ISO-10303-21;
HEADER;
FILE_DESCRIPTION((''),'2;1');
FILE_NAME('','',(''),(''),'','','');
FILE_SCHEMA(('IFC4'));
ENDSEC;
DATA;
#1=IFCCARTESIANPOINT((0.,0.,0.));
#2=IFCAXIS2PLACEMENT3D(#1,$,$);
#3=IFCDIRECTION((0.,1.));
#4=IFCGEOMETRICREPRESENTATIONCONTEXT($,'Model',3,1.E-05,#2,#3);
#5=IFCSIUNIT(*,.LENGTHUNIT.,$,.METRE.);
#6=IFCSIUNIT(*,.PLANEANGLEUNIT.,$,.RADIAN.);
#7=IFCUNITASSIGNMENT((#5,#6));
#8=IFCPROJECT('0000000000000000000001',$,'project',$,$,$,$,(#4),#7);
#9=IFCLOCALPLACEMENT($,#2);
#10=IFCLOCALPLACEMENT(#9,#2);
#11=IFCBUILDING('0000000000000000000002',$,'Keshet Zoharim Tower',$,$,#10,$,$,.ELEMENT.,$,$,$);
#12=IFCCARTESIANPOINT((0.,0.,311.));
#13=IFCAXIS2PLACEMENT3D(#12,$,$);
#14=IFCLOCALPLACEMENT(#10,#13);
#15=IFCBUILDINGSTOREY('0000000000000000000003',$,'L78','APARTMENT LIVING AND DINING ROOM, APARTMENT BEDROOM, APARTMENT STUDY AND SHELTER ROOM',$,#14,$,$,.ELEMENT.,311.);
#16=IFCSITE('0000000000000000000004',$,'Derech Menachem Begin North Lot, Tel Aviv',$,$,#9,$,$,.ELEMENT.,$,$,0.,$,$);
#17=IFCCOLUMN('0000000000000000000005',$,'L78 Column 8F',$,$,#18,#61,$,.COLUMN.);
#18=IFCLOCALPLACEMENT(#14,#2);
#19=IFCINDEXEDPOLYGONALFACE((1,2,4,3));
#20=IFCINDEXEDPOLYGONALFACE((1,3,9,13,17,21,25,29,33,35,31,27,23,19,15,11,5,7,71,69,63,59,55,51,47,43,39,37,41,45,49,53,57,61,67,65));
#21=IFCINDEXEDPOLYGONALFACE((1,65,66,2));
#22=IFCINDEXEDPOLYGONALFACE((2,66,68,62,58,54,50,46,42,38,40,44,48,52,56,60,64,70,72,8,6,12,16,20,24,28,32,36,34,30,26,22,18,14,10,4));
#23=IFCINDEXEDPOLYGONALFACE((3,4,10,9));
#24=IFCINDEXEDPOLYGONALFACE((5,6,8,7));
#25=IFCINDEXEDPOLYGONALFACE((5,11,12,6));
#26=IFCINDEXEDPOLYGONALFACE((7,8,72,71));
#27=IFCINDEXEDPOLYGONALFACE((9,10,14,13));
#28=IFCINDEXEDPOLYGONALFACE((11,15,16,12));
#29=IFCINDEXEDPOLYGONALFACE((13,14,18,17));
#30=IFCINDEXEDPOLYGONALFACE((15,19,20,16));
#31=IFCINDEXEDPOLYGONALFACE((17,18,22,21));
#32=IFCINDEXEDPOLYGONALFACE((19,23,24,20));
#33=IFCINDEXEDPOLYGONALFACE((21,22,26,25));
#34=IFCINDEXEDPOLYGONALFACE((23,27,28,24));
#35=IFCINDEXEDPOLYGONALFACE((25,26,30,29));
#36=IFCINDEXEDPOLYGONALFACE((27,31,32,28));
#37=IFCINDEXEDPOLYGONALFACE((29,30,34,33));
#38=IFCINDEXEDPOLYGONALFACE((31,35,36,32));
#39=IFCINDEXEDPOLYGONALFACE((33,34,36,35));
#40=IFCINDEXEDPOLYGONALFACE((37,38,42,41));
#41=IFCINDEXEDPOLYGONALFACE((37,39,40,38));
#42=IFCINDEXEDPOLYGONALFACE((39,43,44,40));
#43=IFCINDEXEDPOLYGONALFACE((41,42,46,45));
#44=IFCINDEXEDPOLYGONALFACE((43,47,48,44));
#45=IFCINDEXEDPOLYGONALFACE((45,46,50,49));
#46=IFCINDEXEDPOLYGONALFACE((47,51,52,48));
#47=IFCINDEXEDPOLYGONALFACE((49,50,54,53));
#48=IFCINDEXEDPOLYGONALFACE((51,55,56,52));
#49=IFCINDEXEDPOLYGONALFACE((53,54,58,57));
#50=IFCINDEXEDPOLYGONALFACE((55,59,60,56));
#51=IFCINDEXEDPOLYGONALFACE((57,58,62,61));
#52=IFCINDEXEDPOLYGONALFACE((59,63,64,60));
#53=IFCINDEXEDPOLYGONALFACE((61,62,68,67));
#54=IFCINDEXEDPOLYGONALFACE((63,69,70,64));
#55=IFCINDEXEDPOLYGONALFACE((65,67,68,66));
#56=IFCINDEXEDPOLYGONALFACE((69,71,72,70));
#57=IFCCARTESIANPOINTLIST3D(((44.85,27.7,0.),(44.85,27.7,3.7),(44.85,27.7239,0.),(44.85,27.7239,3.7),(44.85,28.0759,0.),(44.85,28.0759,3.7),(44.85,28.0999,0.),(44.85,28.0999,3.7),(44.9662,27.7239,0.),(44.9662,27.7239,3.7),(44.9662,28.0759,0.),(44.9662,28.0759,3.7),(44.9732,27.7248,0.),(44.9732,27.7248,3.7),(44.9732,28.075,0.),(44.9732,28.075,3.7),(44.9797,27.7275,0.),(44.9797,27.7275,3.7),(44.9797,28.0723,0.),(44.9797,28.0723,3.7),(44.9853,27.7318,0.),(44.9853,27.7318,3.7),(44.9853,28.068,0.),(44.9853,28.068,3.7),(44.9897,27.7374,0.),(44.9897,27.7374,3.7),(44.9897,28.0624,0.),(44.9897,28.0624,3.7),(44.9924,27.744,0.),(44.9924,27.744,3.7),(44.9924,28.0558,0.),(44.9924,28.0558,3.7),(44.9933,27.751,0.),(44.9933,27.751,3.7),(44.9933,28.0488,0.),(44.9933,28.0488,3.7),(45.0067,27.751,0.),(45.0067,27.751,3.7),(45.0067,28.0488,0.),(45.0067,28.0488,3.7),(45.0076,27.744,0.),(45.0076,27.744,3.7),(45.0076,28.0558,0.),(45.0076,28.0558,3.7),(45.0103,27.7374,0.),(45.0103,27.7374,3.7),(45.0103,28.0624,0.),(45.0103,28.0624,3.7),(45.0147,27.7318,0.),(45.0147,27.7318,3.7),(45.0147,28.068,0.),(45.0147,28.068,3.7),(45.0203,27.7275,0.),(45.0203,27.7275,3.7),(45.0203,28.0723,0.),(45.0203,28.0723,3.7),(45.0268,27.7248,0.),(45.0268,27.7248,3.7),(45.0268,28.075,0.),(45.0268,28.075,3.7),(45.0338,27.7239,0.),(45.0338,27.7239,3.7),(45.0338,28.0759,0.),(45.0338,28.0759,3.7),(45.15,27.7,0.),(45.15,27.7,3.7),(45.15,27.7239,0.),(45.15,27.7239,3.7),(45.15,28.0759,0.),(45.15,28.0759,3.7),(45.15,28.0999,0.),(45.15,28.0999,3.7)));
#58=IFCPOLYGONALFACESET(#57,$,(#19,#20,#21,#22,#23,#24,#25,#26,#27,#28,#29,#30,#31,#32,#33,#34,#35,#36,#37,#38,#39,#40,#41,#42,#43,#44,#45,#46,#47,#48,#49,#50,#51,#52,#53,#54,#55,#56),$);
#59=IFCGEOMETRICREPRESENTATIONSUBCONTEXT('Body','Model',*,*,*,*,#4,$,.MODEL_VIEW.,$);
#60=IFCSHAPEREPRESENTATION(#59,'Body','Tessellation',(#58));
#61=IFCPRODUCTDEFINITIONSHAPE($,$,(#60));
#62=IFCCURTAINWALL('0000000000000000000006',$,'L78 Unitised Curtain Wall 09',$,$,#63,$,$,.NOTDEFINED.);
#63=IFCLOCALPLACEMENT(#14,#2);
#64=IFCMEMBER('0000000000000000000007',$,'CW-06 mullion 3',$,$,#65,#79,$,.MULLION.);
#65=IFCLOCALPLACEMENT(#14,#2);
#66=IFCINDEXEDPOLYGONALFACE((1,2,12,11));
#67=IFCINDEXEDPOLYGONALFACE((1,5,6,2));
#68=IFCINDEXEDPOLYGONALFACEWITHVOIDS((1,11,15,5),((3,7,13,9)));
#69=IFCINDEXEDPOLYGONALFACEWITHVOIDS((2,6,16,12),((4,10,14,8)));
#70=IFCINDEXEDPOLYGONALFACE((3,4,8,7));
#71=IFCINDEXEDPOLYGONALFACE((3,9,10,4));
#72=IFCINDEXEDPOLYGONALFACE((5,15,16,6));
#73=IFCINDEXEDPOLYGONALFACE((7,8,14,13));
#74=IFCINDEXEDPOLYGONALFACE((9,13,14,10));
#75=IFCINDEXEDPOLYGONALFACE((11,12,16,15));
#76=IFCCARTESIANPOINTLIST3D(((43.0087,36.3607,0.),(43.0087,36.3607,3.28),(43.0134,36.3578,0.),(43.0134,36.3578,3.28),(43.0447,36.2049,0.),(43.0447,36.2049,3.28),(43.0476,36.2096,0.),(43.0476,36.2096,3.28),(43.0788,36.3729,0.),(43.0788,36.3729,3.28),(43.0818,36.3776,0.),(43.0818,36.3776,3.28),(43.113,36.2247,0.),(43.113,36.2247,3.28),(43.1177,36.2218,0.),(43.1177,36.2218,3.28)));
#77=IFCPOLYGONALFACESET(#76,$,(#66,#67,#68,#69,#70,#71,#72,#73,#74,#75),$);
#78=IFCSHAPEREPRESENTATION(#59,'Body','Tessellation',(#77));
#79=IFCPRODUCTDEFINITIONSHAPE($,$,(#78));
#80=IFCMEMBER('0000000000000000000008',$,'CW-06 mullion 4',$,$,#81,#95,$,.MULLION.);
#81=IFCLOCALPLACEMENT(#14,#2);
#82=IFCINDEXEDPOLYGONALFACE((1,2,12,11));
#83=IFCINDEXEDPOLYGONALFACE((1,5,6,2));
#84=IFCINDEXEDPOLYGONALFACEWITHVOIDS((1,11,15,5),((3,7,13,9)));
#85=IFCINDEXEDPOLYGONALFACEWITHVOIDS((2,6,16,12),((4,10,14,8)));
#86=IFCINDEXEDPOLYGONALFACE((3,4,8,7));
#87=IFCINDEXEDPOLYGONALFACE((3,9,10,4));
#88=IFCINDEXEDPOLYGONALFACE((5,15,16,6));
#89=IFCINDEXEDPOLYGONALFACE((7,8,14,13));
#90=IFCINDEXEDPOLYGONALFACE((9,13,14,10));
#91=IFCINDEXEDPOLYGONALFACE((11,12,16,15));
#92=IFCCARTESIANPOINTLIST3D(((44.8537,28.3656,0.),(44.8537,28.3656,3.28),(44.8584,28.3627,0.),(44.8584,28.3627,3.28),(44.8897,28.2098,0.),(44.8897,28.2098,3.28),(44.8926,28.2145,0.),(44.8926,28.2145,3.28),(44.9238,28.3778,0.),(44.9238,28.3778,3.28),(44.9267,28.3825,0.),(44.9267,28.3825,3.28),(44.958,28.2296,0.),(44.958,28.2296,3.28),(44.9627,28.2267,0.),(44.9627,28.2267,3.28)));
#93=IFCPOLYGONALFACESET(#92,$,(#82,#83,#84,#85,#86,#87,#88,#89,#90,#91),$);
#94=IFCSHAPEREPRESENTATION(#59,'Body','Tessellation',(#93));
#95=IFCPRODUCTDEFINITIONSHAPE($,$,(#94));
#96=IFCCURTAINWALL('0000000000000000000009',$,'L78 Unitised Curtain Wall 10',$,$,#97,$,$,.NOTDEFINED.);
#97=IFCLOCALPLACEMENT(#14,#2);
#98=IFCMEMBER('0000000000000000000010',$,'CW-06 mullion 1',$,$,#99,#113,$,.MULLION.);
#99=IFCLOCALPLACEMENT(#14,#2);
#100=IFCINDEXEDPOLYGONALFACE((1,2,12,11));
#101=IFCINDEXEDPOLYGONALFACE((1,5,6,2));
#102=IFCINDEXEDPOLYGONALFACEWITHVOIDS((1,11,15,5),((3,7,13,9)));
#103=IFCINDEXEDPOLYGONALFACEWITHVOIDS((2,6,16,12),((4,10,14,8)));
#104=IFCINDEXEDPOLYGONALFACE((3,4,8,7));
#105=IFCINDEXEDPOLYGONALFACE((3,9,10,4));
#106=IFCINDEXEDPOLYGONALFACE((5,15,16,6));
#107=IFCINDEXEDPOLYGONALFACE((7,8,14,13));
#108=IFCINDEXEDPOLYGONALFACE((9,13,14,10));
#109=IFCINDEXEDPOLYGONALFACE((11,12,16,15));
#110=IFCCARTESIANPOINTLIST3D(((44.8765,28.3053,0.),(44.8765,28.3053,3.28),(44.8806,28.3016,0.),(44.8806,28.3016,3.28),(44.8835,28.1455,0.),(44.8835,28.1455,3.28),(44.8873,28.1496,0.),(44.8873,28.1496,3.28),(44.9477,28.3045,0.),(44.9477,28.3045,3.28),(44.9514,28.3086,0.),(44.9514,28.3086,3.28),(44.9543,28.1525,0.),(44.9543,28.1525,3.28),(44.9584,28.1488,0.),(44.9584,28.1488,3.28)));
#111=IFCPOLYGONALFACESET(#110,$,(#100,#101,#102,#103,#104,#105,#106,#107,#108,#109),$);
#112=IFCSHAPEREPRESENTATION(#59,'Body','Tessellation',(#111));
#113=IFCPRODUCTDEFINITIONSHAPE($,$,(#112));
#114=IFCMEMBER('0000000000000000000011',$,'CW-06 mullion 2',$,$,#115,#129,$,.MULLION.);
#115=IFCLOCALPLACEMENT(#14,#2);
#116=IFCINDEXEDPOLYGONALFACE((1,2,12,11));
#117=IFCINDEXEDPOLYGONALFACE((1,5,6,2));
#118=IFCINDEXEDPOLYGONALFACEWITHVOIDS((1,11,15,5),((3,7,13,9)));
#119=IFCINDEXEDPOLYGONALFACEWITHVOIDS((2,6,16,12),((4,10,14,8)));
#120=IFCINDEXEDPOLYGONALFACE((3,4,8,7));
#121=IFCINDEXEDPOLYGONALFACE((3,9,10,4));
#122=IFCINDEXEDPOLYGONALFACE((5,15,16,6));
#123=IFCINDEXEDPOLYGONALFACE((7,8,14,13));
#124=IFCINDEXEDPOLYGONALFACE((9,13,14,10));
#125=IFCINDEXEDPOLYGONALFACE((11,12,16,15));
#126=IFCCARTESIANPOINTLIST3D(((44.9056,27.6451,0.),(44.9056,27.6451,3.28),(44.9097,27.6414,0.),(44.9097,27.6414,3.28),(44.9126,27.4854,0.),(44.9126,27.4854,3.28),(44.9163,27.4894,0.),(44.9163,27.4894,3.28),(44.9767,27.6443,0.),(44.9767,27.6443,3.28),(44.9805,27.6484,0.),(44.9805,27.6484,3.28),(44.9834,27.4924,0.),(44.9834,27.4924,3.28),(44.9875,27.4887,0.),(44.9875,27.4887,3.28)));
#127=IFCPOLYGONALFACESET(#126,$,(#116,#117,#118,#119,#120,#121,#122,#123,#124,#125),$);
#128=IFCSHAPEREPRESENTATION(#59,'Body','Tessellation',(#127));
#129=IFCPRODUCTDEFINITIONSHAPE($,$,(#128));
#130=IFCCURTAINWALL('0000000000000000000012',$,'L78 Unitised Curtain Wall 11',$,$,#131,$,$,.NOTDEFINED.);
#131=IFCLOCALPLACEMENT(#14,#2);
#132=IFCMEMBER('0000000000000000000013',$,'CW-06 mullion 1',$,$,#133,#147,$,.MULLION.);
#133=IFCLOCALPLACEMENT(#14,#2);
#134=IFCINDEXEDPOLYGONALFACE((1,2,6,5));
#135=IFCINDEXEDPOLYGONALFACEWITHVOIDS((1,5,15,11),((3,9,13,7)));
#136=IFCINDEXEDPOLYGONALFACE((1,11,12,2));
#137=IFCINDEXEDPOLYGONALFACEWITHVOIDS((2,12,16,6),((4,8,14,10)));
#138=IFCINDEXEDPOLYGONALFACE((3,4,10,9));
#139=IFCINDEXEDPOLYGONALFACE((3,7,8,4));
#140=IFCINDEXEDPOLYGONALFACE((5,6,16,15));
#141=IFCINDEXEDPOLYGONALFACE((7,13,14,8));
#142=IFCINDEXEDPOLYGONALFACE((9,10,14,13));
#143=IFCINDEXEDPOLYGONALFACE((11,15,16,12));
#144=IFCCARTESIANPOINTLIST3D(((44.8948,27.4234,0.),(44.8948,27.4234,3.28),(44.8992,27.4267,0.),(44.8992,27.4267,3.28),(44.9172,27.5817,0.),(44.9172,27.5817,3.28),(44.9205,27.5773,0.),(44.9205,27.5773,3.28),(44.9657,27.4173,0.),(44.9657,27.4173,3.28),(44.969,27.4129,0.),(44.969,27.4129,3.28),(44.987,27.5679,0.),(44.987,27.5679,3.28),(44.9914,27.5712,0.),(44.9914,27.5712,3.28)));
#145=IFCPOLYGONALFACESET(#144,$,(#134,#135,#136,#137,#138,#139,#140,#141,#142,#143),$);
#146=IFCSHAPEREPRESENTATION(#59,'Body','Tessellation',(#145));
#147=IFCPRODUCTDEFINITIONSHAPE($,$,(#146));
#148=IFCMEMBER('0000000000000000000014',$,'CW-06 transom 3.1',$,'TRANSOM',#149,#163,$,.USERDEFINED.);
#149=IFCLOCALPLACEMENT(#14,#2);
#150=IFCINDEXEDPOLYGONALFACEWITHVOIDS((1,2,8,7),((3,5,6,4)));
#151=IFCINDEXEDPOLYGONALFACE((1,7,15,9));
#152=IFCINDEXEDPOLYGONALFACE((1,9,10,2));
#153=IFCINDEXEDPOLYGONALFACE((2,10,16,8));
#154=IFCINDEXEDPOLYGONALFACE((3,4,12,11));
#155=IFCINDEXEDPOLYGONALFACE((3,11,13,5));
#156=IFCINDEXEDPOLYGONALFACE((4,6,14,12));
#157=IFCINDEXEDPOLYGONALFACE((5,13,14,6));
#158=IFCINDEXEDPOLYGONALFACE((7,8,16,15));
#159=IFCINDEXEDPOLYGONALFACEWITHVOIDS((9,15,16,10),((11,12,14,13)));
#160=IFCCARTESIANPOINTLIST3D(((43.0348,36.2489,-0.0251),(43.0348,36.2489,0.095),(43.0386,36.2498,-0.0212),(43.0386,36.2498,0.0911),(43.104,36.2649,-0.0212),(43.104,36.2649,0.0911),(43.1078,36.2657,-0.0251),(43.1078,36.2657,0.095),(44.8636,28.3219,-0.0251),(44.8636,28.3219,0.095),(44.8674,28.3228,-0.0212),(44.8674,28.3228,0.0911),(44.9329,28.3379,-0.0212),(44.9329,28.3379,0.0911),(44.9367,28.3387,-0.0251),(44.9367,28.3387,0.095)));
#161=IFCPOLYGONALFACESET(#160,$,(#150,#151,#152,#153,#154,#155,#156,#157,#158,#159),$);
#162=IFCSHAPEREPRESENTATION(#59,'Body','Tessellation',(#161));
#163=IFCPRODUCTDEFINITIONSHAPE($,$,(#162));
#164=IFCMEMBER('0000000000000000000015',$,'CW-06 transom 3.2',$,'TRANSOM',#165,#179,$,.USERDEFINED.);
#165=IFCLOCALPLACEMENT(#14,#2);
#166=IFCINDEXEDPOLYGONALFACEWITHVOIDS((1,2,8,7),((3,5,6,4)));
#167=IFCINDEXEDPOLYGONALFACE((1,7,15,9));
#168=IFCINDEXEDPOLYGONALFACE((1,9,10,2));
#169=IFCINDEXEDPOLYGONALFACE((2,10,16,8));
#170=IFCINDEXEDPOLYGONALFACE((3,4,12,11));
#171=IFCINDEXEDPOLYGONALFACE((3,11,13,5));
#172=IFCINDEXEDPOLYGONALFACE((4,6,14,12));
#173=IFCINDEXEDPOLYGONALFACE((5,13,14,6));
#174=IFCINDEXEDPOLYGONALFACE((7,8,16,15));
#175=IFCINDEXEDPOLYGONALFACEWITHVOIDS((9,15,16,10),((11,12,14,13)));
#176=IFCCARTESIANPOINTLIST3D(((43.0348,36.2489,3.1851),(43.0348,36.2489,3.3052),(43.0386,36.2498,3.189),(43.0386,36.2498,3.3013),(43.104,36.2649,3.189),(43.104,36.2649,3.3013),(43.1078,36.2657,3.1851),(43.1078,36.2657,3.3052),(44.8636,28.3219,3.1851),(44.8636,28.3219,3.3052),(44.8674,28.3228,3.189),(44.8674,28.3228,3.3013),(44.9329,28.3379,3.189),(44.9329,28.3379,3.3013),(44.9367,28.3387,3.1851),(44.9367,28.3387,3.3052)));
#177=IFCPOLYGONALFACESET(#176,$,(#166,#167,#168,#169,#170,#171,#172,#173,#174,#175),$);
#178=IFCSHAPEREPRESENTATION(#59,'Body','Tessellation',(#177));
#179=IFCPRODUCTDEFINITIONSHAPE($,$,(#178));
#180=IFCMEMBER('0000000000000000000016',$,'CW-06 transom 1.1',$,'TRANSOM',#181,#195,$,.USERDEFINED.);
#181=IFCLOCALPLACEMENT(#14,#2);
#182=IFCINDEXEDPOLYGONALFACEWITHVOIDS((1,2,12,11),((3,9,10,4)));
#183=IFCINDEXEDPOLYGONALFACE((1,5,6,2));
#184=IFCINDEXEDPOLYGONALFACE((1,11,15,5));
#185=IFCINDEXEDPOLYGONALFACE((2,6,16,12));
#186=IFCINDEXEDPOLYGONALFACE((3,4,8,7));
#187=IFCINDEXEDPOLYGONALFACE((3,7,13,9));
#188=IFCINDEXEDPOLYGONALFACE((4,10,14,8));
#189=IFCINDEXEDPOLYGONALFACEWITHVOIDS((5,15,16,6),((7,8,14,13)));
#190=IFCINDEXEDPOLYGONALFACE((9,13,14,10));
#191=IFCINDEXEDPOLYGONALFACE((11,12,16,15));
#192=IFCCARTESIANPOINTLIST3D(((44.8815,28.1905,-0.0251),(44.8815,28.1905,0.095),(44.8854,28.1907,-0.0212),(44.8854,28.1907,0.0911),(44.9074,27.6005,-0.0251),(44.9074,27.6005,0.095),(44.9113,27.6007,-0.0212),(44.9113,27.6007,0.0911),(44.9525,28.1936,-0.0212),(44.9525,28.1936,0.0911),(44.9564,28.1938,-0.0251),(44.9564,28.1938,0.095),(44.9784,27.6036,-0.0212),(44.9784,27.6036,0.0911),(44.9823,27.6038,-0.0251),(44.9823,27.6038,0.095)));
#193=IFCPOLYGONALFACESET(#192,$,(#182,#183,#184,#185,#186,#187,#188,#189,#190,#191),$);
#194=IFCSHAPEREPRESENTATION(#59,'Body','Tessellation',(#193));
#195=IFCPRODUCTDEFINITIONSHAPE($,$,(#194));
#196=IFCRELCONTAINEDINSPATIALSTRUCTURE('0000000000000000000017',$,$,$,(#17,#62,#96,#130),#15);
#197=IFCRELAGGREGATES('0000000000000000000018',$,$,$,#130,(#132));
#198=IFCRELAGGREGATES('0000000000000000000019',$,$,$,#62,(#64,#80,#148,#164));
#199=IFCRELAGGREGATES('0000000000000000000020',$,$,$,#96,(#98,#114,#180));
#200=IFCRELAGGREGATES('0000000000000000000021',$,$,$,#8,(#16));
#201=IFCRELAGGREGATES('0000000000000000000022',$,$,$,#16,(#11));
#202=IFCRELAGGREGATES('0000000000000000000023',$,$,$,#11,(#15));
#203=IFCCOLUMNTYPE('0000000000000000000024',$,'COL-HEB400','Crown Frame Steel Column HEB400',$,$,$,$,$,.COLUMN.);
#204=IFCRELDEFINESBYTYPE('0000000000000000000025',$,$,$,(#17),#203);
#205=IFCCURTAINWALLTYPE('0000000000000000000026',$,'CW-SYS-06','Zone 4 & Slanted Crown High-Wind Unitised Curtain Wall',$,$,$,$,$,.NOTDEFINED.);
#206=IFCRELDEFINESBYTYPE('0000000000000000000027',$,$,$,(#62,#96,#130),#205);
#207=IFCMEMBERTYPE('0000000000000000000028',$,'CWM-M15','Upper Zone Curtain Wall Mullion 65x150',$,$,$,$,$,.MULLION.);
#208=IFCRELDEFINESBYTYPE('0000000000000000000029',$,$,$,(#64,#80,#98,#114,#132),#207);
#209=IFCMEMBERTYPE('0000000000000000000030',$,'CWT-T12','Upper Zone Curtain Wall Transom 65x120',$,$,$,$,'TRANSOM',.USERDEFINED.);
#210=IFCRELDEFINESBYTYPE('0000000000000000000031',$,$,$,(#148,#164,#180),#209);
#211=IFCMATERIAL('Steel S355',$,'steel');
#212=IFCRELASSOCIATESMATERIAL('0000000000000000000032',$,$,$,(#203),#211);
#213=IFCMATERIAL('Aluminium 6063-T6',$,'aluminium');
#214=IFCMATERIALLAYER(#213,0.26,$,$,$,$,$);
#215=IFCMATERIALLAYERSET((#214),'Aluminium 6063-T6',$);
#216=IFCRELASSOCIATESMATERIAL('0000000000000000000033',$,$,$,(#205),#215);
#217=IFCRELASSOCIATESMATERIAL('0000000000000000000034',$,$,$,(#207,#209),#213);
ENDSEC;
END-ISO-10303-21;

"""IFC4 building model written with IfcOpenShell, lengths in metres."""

from ifc_helpers import new_model, si_unit, direction, frame, origin, origin_2d, place, context, subcontext, project, spatial, hollow_rectangle, i_section, extrude, material, layer, layer_set, material_profile, profile_set, type_object, element, aggregate, save


model = new_model("IFC4")

# Units and contexts
model_context = context("Model", 3, precision=1e-05, world=origin(), true_north=direction((0.0, 1.0)))
body_context = subcontext(model_context, "Body", "Model", "MODEL_VIEW")
ifc_project = project(units=[si_unit("LENGTHUNIT", "METRE"), si_unit("PLANEANGLEUNIT", "RADIAN")], contexts=[model_context])

# Site, building, storey
site_placement = place(None, origin())
site = spatial("IfcSite", under=ifc_project, at=site_placement, Name="Derech Menachem Begin North Lot, Tel Aviv", CompositionType="ELEMENT", RefElevation=0.0)
building_placement = place(site_placement, origin())
building = spatial("IfcBuilding", under=site, at=building_placement, Name="Keshet Zoharim Tower", CompositionType="ELEMENT")
storey_placement = place(building_placement, frame((0.0, 0.0, 311.0)))
storey = spatial("IfcBuildingStorey", under=building, at=storey_placement, Name="L78", Description="APARTMENT LIVING AND DINING ROOM, APARTMENT BEDROOM, APARTMENT STUDY AND SHELTER ROOM", CompositionType="ELEMENT", Elevation=311.0)

# Column
ifc_material_1 = material(Name="Steel S355", Category="steel")
ifc_material_profile_1 = material_profile(ifc_material_1, i_section(OverallWidth=0.3, OverallDepth=0.3999, WebThickness=0.0134, FlangeThickness=0.0239, FilletRadius=0.0271, at=origin_2d()), Name="HEB400")
ifc_profile_set_1 = profile_set([ifc_material_profile_1], Name="Steel S355")
column_type = type_object("IfcColumnType", Name="COL-HEB400", Description="Crown Frame Steel Column HEB400", PredefinedType="COLUMN", material=ifc_profile_set_1)
column_placement = place(storey_placement, frame((45.0, 27.8999, 0.0), z_axis=(0.0, 0.0, 1.0), x_axis=(1.0, 0.0, 0.0)))
element("IfcColumn", 1, at=column_placement, inside=storey, type_object=column_type, Name="L78 Column 8F", PredefinedType="COLUMN", context=body_context, shape_type="SweptSolid", body=[
    extrude(i_section(OverallWidth=0.3, OverallDepth=0.3999, WebThickness=0.0134, FlangeThickness=0.0239, FilletRadius=0.0271, at=origin_2d()), origin(), (0.0, 0.0, 1.0), 3.7),
])

# Curtain walls, members
ifc_material_2 = material(Name="Aluminium 6063-T6", Category="aluminium")
ifc_layer_1 = layer(ifc_material_2, 0.26)
ifc_layer_set_1 = layer_set([ifc_layer_1], Name="Aluminium 6063-T6")
curtain_wall_type = type_object("IfcCurtainWallType", Name="CW-SYS-06", Description="Zone 4 & Slanted Crown High-Wind Unitised Curtain Wall", PredefinedType="NOTDEFINED", material=ifc_layer_set_1)
curtain_wall_1_placement = place(storey_placement, origin())
curtain_wall_1 = element("IfcCurtainWall", 2, at=curtain_wall_1_placement, inside=storey, type_object=curtain_wall_type, Name="L78 Unitised Curtain Wall 09", PredefinedType="NOTDEFINED")
ifc_material_profile_2 = material_profile(ifc_material_2, hollow_rectangle(XDim=0.075, YDim=0.1599, WallThickness=0.0039, at=origin_2d()), Name="MUL-75x160")
ifc_profile_set_2 = profile_set([ifc_material_profile_2], Name="Aluminium 6063-T6")
member_type_1 = type_object("IfcMemberType", Name="CWM-M15", Description="Upper Zone Curtain Wall Mullion 65x150", PredefinedType="MULLION", material=ifc_profile_set_2)
member_1_placement = place(storey_placement, frame((43.0632, 36.2913, 0.0), z_axis=(0.0, 0.0, 1.0), x_axis=(0.974398, 0.22483, 0.0)))
member_1 = element("IfcMember", 3, at=member_1_placement, type_object=member_type_1, Name="CW-06 mullion 3", PredefinedType="MULLION", context=body_context, shape_type="SweptSolid", body=[
    extrude(hollow_rectangle(XDim=0.075, YDim=0.1599, WallThickness=0.0039, at=origin_2d()), origin(), (0.0, 0.0, 1.0), 3.28),
])
member_2_placement = place(storey_placement, frame((44.9082, 28.2961, 0.0), z_axis=(0.0, 0.0, 1.0), x_axis=(0.974398, 0.22483, 0.0)))
member_2 = element("IfcMember", 4, at=member_2_placement, type_object=member_type_1, Name="CW-06 mullion 4", PredefinedType="MULLION", context=body_context, shape_type="SweptSolid", body=[
    extrude(hollow_rectangle(XDim=0.075, YDim=0.1599, WallThickness=0.0039, at=origin_2d()), origin(), (0.0, 0.0, 1.0), 3.28),
])
curtain_wall_2_placement = place(storey_placement, origin())
curtain_wall_2 = element("IfcCurtainWall", 5, at=curtain_wall_2_placement, inside=storey, type_object=curtain_wall_type, Name="L78 Unitised Curtain Wall 10", PredefinedType="NOTDEFINED")
member_3_placement = place(storey_placement, frame((44.9175, 28.2271, 0.0), z_axis=(0.0, 0.0, 1.0), x_axis=(0.999041, 0.043794, 0.0)))
member_3 = element("IfcMember", 6, at=member_3_placement, type_object=member_type_1, Name="CW-06 mullion 1", PredefinedType="MULLION", context=body_context, shape_type="SweptSolid", body=[
    extrude(hollow_rectangle(XDim=0.075, YDim=0.1599, WallThickness=0.0039, at=origin_2d()), origin(), (0.0, 0.0, 1.0), 3.28),
])
member_4_placement = place(storey_placement, frame((44.9465, 27.5669, 0.0), z_axis=(0.0, 0.0, 1.0), x_axis=(0.999041, 0.043794, 0.0)))
member_4 = element("IfcMember", 7, at=member_4_placement, type_object=member_type_1, Name="CW-06 mullion 2", PredefinedType="MULLION", context=body_context, shape_type="SweptSolid", body=[
    extrude(hollow_rectangle(XDim=0.075, YDim=0.1599, WallThickness=0.0039, at=origin_2d()), origin(), (0.0, 0.0, 1.0), 3.28),
])

# Curtain wall, member
curtain_wall_3_placement = place(storey_placement, origin())
curtain_wall_3 = element("IfcCurtainWall", 8, at=curtain_wall_3_placement, inside=storey, type_object=curtain_wall_type, Name="L78 Unitised Curtain Wall 11", PredefinedType="NOTDEFINED")
member_5_placement = place(storey_placement, frame((44.9431, 27.4973, 0.0), z_axis=(0.0, 0.0, 1.0), x_axis=(0.990132, -0.140137, 0.0)))
member_5 = element("IfcMember", 9, at=member_5_placement, type_object=member_type_1, Name="CW-06 mullion 1", PredefinedType="MULLION", context=body_context, shape_type="SweptSolid", body=[
    extrude(hollow_rectangle(XDim=0.075, YDim=0.1599, WallThickness=0.0039, at=origin_2d()), origin(), (0.0, 0.0, 1.0), 3.28),
])

# Members
ifc_material_profile_3 = material_profile(ifc_material_2, hollow_rectangle(XDim=0.075, YDim=0.1201, WallThickness=0.0039, at=origin_2d()), Name="TRN-75x120")
ifc_profile_set_3 = profile_set([ifc_material_profile_3], Name="Aluminium 6063-T6")
member_type_2 = type_object("IfcMemberType", Name="CWT-T12", Description="Upper Zone Curtain Wall Transom 65x120", ElementType="TRANSOM", PredefinedType="USERDEFINED", material=ifc_profile_set_3)
member_6_placement = place(storey_placement, frame((43.0713, 36.2573, 0.0349), z_axis=(0.224807, -0.974403, 0.0), x_axis=(0.974403, 0.224807, 0.0)))
member_6 = element("IfcMember", 10, at=member_6_placement, type_object=member_type_2, Name="CW-06 transom 3.1", ObjectType="TRANSOM", PredefinedType="USERDEFINED", context=body_context, shape_type="SweptSolid", body=[
    extrude(hollow_rectangle(XDim=0.075, YDim=0.1201, WallThickness=0.0039, at=origin_2d()), origin(), (0.0, 0.0, 1.0), 8.1353),
])
member_7_placement = place(storey_placement, frame((43.0713, 36.2573, 3.2451), z_axis=(0.224807, -0.974403, 0.0), x_axis=(0.974403, 0.224807, 0.0)))
member_7 = element("IfcMember", 11, at=member_7_placement, type_object=member_type_2, Name="CW-06 transom 3.2", ObjectType="TRANSOM", PredefinedType="USERDEFINED", context=body_context, shape_type="SweptSolid", body=[
    extrude(hollow_rectangle(XDim=0.075, YDim=0.1201, WallThickness=0.0039, at=origin_2d()), origin(), (0.0, 0.0, 1.0), 8.1353),
])
member_8_placement = place(storey_placement, frame((44.9189, 28.1921, 0.0349), z_axis=(0.043814, -0.99904, 0.0), x_axis=(0.99904, 0.043814, 0.0)))
member_8 = element("IfcMember", 12, at=member_8_placement, type_object=member_type_2, Name="CW-06 transom 1.1", ObjectType="TRANSOM", PredefinedType="USERDEFINED", context=body_context, shape_type="SweptSolid", body=[
    extrude(hollow_rectangle(XDim=0.075, YDim=0.1201, WallThickness=0.0039, at=origin_2d()), origin(), (0.0, 0.0, 1.0), 0.5906),
])
aggregate(curtain_wall_3, [member_5])

aggregate(curtain_wall_1, [member_1, member_2, member_6, member_7])
aggregate(curtain_wall_2, [member_3, member_4, member_8])

save(model, "model.ifc")
